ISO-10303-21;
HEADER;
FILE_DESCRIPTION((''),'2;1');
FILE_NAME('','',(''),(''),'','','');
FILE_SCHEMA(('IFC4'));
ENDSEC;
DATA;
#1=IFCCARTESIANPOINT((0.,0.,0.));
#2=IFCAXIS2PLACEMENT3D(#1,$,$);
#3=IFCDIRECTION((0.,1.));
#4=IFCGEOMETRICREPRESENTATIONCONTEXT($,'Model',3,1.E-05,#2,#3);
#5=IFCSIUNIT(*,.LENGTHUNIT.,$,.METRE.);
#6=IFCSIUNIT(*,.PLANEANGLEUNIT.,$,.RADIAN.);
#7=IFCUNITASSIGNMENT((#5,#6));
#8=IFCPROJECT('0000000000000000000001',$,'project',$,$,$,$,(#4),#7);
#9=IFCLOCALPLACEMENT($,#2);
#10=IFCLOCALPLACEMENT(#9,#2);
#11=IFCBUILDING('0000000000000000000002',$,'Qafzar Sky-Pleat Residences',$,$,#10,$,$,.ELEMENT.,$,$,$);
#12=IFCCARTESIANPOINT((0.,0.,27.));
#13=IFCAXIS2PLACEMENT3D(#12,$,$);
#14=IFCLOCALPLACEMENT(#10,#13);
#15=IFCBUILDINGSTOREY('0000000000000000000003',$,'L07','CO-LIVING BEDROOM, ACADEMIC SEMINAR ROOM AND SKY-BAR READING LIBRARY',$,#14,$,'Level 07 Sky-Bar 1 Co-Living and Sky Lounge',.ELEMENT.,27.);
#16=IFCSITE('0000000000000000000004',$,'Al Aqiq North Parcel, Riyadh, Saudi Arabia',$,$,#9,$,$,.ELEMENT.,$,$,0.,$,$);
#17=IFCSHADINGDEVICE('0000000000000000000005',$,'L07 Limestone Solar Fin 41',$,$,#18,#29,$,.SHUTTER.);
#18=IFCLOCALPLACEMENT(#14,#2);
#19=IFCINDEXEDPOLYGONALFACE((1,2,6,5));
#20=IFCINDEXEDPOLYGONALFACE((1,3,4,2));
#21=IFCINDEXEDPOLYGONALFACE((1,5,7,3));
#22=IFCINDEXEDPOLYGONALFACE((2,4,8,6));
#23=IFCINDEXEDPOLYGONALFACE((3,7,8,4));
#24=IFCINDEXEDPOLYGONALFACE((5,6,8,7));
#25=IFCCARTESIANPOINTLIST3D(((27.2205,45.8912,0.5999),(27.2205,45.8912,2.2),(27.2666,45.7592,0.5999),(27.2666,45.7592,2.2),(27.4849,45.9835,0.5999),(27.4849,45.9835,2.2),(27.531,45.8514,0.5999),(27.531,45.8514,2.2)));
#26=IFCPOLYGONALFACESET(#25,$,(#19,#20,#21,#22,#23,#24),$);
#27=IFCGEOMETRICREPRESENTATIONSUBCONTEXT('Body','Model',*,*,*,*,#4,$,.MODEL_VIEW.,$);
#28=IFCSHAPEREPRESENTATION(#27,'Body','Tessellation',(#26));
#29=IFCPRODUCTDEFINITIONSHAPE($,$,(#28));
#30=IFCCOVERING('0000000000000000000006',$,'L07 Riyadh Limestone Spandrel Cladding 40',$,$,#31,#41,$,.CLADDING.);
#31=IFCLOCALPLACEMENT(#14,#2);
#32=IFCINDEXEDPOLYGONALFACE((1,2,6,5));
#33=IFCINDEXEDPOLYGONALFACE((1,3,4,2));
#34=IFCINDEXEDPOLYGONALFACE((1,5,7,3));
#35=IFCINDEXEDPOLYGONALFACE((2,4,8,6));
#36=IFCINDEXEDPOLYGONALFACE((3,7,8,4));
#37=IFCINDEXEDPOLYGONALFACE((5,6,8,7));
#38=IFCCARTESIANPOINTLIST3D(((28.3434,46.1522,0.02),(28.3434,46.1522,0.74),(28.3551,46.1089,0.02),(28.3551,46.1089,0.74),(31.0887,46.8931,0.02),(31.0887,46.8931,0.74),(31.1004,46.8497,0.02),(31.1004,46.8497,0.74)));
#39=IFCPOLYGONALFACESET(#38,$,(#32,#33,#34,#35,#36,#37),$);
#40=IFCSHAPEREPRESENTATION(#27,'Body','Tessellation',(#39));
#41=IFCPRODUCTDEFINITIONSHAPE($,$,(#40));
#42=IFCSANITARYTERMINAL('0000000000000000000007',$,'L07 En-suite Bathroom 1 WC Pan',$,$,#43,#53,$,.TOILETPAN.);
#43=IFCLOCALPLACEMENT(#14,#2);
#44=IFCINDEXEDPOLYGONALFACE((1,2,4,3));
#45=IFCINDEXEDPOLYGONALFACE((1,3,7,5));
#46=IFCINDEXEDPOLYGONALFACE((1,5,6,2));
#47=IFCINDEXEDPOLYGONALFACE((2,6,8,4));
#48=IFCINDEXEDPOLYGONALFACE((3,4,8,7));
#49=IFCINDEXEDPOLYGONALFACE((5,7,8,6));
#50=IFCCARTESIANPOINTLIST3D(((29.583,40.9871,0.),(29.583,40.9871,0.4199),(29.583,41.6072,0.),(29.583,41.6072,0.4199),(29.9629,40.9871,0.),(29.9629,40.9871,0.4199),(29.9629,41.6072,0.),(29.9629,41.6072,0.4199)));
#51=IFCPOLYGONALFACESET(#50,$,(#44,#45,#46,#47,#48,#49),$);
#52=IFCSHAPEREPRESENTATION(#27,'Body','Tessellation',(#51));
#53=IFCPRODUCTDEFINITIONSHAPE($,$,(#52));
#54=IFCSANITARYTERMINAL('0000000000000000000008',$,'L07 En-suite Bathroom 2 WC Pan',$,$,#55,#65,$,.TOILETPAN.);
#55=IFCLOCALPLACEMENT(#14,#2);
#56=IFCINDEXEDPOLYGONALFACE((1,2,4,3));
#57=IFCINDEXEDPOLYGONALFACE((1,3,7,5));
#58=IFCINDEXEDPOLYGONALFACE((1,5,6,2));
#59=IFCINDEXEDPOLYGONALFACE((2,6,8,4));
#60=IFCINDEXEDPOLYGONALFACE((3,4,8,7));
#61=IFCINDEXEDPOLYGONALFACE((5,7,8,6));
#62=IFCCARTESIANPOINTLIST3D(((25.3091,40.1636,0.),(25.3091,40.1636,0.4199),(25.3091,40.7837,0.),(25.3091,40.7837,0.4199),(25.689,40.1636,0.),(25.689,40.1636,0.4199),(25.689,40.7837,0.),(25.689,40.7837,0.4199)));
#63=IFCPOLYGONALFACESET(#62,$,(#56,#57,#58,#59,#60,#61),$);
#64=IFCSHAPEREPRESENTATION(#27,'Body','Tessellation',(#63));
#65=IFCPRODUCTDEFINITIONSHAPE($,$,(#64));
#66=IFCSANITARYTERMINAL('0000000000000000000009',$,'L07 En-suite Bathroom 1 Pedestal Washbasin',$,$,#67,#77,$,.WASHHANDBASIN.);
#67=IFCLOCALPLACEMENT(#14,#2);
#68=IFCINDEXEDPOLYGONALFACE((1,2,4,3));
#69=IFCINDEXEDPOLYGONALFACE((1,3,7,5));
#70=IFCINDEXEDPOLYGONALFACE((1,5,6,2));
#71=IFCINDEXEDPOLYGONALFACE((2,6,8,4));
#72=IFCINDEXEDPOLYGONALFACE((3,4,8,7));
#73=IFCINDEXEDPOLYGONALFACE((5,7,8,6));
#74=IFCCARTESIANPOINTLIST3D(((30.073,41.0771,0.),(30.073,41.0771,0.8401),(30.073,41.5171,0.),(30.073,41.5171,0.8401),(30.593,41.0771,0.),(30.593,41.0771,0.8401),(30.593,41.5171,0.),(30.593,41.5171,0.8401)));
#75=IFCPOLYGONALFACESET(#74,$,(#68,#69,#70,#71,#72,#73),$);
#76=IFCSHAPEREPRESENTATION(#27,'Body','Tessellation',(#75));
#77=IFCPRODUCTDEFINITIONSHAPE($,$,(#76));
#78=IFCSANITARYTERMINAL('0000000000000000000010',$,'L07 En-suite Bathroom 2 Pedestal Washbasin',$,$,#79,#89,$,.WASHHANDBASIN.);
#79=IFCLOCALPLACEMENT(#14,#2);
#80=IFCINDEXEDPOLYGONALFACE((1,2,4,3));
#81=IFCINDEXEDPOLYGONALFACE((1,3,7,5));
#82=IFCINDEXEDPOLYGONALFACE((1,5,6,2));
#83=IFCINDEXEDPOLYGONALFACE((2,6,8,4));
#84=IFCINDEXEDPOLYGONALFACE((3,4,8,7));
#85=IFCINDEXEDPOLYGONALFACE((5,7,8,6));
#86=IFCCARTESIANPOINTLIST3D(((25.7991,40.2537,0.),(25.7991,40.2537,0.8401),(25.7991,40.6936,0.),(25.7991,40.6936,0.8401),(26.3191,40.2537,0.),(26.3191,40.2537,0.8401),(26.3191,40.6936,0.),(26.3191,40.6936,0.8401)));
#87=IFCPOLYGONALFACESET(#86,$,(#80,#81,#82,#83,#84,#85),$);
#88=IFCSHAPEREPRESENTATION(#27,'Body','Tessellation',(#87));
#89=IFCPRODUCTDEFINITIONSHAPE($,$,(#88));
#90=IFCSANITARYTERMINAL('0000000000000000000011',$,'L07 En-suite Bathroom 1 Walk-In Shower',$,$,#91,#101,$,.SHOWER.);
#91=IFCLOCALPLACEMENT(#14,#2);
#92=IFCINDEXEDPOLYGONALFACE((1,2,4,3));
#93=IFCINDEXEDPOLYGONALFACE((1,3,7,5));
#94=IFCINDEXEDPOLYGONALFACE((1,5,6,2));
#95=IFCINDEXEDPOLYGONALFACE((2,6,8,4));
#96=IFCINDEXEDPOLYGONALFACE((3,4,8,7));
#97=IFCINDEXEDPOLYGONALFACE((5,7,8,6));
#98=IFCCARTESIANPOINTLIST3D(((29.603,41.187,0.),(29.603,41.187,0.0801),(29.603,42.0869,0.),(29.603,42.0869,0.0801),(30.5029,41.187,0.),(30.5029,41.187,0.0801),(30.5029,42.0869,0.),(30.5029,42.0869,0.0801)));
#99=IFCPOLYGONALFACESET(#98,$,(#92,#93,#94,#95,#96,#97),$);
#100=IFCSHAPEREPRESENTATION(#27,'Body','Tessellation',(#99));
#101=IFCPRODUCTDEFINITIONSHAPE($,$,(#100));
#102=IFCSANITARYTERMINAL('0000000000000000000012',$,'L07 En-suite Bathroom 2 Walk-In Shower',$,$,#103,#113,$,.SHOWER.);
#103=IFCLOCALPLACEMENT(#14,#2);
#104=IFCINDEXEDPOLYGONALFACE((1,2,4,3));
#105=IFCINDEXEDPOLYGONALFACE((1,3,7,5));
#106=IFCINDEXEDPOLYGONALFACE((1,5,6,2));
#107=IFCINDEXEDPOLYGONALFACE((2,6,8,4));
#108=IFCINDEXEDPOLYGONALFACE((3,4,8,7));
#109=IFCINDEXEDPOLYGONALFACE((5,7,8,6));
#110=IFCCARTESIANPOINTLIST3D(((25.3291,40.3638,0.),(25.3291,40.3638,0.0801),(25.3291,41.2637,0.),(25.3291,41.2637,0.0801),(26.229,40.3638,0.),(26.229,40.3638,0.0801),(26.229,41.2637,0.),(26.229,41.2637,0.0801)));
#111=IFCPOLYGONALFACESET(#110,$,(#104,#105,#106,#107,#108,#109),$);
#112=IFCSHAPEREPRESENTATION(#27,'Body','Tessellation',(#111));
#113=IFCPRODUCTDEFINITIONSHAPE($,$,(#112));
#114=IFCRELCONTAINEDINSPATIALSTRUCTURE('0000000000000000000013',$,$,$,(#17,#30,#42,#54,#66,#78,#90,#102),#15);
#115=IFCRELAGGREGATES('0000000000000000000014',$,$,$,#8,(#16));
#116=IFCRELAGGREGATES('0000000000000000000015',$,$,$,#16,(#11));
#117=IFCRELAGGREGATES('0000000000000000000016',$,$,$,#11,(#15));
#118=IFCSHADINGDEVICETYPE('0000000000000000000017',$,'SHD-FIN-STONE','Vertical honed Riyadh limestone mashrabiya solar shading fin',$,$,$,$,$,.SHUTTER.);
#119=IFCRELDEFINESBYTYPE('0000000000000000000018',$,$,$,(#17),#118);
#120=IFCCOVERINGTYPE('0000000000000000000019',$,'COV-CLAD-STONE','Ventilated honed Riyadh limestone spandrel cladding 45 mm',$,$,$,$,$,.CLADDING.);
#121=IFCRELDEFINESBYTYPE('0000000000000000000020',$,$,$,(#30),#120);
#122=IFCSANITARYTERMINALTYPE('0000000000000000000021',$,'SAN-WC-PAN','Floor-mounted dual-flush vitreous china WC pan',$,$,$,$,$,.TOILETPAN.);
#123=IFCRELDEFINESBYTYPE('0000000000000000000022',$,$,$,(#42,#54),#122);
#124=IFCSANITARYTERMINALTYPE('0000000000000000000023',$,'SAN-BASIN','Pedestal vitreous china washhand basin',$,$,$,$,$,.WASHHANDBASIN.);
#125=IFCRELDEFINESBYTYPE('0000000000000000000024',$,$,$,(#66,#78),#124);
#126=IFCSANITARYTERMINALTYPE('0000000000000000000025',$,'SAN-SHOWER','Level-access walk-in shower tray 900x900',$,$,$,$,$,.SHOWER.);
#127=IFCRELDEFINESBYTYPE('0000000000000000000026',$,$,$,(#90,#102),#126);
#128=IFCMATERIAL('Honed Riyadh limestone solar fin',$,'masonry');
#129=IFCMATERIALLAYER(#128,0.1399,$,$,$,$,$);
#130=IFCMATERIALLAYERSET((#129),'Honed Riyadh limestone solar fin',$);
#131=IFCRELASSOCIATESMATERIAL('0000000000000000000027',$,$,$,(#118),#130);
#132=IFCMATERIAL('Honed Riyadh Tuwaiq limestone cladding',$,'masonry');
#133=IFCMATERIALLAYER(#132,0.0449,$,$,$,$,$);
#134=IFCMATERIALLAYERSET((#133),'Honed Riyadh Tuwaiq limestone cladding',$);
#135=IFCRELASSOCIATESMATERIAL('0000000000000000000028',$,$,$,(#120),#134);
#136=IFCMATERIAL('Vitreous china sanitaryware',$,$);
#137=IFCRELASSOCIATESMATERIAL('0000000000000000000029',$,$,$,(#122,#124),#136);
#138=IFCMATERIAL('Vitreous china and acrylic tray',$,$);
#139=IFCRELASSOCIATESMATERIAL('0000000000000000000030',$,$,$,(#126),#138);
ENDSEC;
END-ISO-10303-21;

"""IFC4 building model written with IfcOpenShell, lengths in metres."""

from ifc_helpers import new_model, si_unit, direction, frame, origin, origin_2d, place, context, subcontext, project, spatial, rectangle, extrude, source, transform, mapped, material, layer, layer_set, type_object, element, save


model = new_model("IFC4")

# Units and contexts
model_context = context("Model", 3, precision=1e-05, world=origin(), true_north=direction((0.0, 1.0)))
body_context = subcontext(model_context, "Body", "Model", "MODEL_VIEW")
ifc_project = project(units=[si_unit("LENGTHUNIT", "METRE"), si_unit("PLANEANGLEUNIT", "RADIAN")], contexts=[model_context])

# Site, building, storey
site_placement = place(None, origin())
site = spatial("IfcSite", under=ifc_project, at=site_placement, Name="Al Aqiq North Parcel, Riyadh, Saudi Arabia", CompositionType="ELEMENT", RefElevation=0.0)
building_placement = place(site_placement, origin())
building = spatial("IfcBuilding", under=site, at=building_placement, Name="Qafzar Sky-Pleat Residences", CompositionType="ELEMENT")
storey_placement = place(building_placement, frame((0.0, 0.0, 27.0)))
storey = spatial("IfcBuildingStorey", under=building, at=storey_placement, Name="L07", Description="CO-LIVING BEDROOM, ACADEMIC SEMINAR ROOM AND SKY-BAR READING LIBRARY", LongName="Level 07 Sky-Bar 1 Co-Living and Sky Lounge", CompositionType="ELEMENT", Elevation=27.0)

# Shading device
ifc_material_1 = material(Name="Honed Riyadh limestone solar fin", Category="masonry")
ifc_layer_1 = layer(ifc_material_1, 0.1399)
ifc_layer_set_1 = layer_set([ifc_layer_1], Name="Honed Riyadh limestone solar fin")
shading_device_type = type_object("IfcShadingDeviceType", Name="SHD-FIN-STONE", Description="Vertical honed Riyadh limestone mashrabiya solar shading fin", PredefinedType="SHUTTER", material=ifc_layer_set_1)
shared_shape_1 = source(origin(), body_context, "Body", "SweptSolid", [
    extrude(rectangle(XDim=0.1399, YDim=0.28, at=origin_2d()), origin(), (0.0, 0.0, 1.0), 1.6001),
])
shading_device_placement = place(storey_placement, frame((27.3757, 45.8713, 0.5999), z_axis=(0.0, 0.0, 1.0), x_axis=(-0.329567, 0.944132, 0.0)))
element("IfcShadingDevice", 1, at=shading_device_placement, inside=storey, type_object=shading_device_type, Name="L07 Limestone Solar Fin 41", PredefinedType="SHUTTER", context=body_context, shape_type="MappedRepresentation", body=[
    mapped(shared_shape_1, transform((0.0, 0.0, 0.0), x_axis=(1.0, 0.0, 0.0), y_axis=(0.0, 1.0, 0.0), z_axis=(0.0, 0.0, 1.0), scale=1.0)),
])

# Covering
ifc_material_2 = material(Name="Honed Riyadh Tuwaiq limestone cladding", Category="masonry")
ifc_layer_2 = layer(ifc_material_2, 0.0449)
ifc_layer_set_2 = layer_set([ifc_layer_2], Name="Honed Riyadh Tuwaiq limestone cladding")
covering_type = type_object("IfcCoveringType", Name="COV-CLAD-STONE", Description="Ventilated honed Riyadh limestone spandrel cladding 45 mm", PredefinedType="CLADDING", material=ifc_layer_set_2)
shared_shape_2 = source(origin(), body_context, "Body", "SweptSolid", [
    extrude(rectangle(XDim=2.8435, YDim=0.0449, at=origin_2d()), origin(), (0.0, 0.0, 1.0), 0.72),
])
covering_placement = place(storey_placement, frame((29.7219, 46.501, 0.02), z_axis=(0.0, 0.0, 1.0), x_axis=(-0.965462, -0.260545, 0.0)))
element("IfcCovering", 2, at=covering_placement, inside=storey, type_object=covering_type, Name="L07 Riyadh Limestone Spandrel Cladding 40", PredefinedType="CLADDING", context=body_context, shape_type="MappedRepresentation", body=[
    mapped(shared_shape_2, transform((0.0, 0.0, 0.0), x_axis=(1.0, 0.0, 0.0), y_axis=(0.0, 1.0, 0.0), z_axis=(0.0, 0.0, 1.0), scale=1.0)),
])

# Sanitary terminals
ifc_material_3 = material(Name="Vitreous china sanitaryware")
sanitary_terminal_type_1 = type_object("IfcSanitaryTerminalType", Name="SAN-WC-PAN", Description="Floor-mounted dual-flush vitreous china WC pan", PredefinedType="TOILETPAN", material=ifc_material_3)
shared_shape_3 = source(origin(), body_context, "Body", "SweptSolid", [
    extrude(rectangle(XDim=0.3799, YDim=0.6201, at=origin_2d()), origin(), (0.0, 0.0, 1.0), 0.4199),
])
for number, where, z_axis, x_axis, name in (
    (3, (29.7729, 41.2971, 0.0), (0.0, 0.0, 1.0), (1.0, 0.0, 0.0), "L07 En-suite Bathroom 1 WC Pan"),
    (4, (25.499, 40.4736, 0.0), (0.0, 0.0, 1.0), (1.0, 0.0, 0.0), "L07 En-suite Bathroom 2 WC Pan"),
):
    element("IfcSanitaryTerminal", number, at=place(storey_placement, frame(where, z_axis=z_axis, x_axis=x_axis)), inside=storey, type_object=sanitary_terminal_type_1, Name=name, PredefinedType="TOILETPAN", context=body_context, shape_type="MappedRepresentation", body=[
        mapped(shared_shape_3, transform((0.0, 0.0, 0.0), x_axis=(1.0, 0.0, 0.0), y_axis=(0.0, 1.0, 0.0), z_axis=(0.0, 0.0, 1.0), scale=1.0)),
    ])
sanitary_terminal_type_2 = type_object("IfcSanitaryTerminalType", Name="SAN-BASIN", Description="Pedestal vitreous china washhand basin", PredefinedType="WASHHANDBASIN", material=ifc_material_3)
shared_shape_4 = source(origin(), body_context, "Body", "SweptSolid", [
    extrude(rectangle(XDim=0.52, YDim=0.4399, at=origin_2d()), origin(), (0.0, 0.0, 1.0), 0.8401),
])
for number, where, z_axis, x_axis, name in (
    (5, (30.333, 41.2971, 0.0), (0.0, 0.0, 1.0), (1.0, 0.0, 0.0), "L07 En-suite Bathroom 1 Pedestal Washbasin"),
    (6, (26.0591, 40.4736, 0.0), (0.0, 0.0, 1.0), (1.0, 0.0, 0.0), "L07 En-suite Bathroom 2 Pedestal Washbasin"),
):
    element("IfcSanitaryTerminal", number, at=place(storey_placement, frame(where, z_axis=z_axis, x_axis=x_axis)), inside=storey, type_object=sanitary_terminal_type_2, Name=name, PredefinedType="WASHHANDBASIN", context=body_context, shape_type="MappedRepresentation", body=[
        mapped(shared_shape_4, transform((0.0, 0.0, 0.0), x_axis=(1.0, 0.0, 0.0), y_axis=(0.0, 1.0, 0.0), z_axis=(0.0, 0.0, 1.0), scale=1.0)),
    ])
ifc_material_4 = material(Name="Vitreous china and acrylic tray")
sanitary_terminal_type_3 = type_object("IfcSanitaryTerminalType", Name="SAN-SHOWER", Description="Level-access walk-in shower tray 900x900", PredefinedType="SHOWER", material=ifc_material_4)
shared_shape_5 = source(origin(), body_context, "Body", "SweptSolid", [
    extrude(rectangle(XDim=0.8999, YDim=0.8999, at=origin_2d()), origin(), (0.0, 0.0, 1.0), 0.0801),
])
for number, where, z_axis, x_axis, name in (
    (7, (30.053, 41.637, 0.0), (0.0, 0.0, 1.0), (1.0, 0.0, 0.0), "L07 En-suite Bathroom 1 Walk-In Shower"),
    (8, (25.7791, 40.8137, 0.0), (0.0, 0.0, 1.0), (1.0, 0.0, 0.0), "L07 En-suite Bathroom 2 Walk-In Shower"),
):
    element("IfcSanitaryTerminal", number, at=place(storey_placement, frame(where, z_axis=z_axis, x_axis=x_axis)), inside=storey, type_object=sanitary_terminal_type_3, Name=name, PredefinedType="SHOWER", context=body_context, shape_type="MappedRepresentation", body=[
        mapped(shared_shape_5, transform((0.0, 0.0, 0.0), x_axis=(1.0, 0.0, 0.0), y_axis=(0.0, 1.0, 0.0), z_axis=(0.0, 0.0, 1.0), scale=1.0)),
    ])

save(model, "model.ifc")
